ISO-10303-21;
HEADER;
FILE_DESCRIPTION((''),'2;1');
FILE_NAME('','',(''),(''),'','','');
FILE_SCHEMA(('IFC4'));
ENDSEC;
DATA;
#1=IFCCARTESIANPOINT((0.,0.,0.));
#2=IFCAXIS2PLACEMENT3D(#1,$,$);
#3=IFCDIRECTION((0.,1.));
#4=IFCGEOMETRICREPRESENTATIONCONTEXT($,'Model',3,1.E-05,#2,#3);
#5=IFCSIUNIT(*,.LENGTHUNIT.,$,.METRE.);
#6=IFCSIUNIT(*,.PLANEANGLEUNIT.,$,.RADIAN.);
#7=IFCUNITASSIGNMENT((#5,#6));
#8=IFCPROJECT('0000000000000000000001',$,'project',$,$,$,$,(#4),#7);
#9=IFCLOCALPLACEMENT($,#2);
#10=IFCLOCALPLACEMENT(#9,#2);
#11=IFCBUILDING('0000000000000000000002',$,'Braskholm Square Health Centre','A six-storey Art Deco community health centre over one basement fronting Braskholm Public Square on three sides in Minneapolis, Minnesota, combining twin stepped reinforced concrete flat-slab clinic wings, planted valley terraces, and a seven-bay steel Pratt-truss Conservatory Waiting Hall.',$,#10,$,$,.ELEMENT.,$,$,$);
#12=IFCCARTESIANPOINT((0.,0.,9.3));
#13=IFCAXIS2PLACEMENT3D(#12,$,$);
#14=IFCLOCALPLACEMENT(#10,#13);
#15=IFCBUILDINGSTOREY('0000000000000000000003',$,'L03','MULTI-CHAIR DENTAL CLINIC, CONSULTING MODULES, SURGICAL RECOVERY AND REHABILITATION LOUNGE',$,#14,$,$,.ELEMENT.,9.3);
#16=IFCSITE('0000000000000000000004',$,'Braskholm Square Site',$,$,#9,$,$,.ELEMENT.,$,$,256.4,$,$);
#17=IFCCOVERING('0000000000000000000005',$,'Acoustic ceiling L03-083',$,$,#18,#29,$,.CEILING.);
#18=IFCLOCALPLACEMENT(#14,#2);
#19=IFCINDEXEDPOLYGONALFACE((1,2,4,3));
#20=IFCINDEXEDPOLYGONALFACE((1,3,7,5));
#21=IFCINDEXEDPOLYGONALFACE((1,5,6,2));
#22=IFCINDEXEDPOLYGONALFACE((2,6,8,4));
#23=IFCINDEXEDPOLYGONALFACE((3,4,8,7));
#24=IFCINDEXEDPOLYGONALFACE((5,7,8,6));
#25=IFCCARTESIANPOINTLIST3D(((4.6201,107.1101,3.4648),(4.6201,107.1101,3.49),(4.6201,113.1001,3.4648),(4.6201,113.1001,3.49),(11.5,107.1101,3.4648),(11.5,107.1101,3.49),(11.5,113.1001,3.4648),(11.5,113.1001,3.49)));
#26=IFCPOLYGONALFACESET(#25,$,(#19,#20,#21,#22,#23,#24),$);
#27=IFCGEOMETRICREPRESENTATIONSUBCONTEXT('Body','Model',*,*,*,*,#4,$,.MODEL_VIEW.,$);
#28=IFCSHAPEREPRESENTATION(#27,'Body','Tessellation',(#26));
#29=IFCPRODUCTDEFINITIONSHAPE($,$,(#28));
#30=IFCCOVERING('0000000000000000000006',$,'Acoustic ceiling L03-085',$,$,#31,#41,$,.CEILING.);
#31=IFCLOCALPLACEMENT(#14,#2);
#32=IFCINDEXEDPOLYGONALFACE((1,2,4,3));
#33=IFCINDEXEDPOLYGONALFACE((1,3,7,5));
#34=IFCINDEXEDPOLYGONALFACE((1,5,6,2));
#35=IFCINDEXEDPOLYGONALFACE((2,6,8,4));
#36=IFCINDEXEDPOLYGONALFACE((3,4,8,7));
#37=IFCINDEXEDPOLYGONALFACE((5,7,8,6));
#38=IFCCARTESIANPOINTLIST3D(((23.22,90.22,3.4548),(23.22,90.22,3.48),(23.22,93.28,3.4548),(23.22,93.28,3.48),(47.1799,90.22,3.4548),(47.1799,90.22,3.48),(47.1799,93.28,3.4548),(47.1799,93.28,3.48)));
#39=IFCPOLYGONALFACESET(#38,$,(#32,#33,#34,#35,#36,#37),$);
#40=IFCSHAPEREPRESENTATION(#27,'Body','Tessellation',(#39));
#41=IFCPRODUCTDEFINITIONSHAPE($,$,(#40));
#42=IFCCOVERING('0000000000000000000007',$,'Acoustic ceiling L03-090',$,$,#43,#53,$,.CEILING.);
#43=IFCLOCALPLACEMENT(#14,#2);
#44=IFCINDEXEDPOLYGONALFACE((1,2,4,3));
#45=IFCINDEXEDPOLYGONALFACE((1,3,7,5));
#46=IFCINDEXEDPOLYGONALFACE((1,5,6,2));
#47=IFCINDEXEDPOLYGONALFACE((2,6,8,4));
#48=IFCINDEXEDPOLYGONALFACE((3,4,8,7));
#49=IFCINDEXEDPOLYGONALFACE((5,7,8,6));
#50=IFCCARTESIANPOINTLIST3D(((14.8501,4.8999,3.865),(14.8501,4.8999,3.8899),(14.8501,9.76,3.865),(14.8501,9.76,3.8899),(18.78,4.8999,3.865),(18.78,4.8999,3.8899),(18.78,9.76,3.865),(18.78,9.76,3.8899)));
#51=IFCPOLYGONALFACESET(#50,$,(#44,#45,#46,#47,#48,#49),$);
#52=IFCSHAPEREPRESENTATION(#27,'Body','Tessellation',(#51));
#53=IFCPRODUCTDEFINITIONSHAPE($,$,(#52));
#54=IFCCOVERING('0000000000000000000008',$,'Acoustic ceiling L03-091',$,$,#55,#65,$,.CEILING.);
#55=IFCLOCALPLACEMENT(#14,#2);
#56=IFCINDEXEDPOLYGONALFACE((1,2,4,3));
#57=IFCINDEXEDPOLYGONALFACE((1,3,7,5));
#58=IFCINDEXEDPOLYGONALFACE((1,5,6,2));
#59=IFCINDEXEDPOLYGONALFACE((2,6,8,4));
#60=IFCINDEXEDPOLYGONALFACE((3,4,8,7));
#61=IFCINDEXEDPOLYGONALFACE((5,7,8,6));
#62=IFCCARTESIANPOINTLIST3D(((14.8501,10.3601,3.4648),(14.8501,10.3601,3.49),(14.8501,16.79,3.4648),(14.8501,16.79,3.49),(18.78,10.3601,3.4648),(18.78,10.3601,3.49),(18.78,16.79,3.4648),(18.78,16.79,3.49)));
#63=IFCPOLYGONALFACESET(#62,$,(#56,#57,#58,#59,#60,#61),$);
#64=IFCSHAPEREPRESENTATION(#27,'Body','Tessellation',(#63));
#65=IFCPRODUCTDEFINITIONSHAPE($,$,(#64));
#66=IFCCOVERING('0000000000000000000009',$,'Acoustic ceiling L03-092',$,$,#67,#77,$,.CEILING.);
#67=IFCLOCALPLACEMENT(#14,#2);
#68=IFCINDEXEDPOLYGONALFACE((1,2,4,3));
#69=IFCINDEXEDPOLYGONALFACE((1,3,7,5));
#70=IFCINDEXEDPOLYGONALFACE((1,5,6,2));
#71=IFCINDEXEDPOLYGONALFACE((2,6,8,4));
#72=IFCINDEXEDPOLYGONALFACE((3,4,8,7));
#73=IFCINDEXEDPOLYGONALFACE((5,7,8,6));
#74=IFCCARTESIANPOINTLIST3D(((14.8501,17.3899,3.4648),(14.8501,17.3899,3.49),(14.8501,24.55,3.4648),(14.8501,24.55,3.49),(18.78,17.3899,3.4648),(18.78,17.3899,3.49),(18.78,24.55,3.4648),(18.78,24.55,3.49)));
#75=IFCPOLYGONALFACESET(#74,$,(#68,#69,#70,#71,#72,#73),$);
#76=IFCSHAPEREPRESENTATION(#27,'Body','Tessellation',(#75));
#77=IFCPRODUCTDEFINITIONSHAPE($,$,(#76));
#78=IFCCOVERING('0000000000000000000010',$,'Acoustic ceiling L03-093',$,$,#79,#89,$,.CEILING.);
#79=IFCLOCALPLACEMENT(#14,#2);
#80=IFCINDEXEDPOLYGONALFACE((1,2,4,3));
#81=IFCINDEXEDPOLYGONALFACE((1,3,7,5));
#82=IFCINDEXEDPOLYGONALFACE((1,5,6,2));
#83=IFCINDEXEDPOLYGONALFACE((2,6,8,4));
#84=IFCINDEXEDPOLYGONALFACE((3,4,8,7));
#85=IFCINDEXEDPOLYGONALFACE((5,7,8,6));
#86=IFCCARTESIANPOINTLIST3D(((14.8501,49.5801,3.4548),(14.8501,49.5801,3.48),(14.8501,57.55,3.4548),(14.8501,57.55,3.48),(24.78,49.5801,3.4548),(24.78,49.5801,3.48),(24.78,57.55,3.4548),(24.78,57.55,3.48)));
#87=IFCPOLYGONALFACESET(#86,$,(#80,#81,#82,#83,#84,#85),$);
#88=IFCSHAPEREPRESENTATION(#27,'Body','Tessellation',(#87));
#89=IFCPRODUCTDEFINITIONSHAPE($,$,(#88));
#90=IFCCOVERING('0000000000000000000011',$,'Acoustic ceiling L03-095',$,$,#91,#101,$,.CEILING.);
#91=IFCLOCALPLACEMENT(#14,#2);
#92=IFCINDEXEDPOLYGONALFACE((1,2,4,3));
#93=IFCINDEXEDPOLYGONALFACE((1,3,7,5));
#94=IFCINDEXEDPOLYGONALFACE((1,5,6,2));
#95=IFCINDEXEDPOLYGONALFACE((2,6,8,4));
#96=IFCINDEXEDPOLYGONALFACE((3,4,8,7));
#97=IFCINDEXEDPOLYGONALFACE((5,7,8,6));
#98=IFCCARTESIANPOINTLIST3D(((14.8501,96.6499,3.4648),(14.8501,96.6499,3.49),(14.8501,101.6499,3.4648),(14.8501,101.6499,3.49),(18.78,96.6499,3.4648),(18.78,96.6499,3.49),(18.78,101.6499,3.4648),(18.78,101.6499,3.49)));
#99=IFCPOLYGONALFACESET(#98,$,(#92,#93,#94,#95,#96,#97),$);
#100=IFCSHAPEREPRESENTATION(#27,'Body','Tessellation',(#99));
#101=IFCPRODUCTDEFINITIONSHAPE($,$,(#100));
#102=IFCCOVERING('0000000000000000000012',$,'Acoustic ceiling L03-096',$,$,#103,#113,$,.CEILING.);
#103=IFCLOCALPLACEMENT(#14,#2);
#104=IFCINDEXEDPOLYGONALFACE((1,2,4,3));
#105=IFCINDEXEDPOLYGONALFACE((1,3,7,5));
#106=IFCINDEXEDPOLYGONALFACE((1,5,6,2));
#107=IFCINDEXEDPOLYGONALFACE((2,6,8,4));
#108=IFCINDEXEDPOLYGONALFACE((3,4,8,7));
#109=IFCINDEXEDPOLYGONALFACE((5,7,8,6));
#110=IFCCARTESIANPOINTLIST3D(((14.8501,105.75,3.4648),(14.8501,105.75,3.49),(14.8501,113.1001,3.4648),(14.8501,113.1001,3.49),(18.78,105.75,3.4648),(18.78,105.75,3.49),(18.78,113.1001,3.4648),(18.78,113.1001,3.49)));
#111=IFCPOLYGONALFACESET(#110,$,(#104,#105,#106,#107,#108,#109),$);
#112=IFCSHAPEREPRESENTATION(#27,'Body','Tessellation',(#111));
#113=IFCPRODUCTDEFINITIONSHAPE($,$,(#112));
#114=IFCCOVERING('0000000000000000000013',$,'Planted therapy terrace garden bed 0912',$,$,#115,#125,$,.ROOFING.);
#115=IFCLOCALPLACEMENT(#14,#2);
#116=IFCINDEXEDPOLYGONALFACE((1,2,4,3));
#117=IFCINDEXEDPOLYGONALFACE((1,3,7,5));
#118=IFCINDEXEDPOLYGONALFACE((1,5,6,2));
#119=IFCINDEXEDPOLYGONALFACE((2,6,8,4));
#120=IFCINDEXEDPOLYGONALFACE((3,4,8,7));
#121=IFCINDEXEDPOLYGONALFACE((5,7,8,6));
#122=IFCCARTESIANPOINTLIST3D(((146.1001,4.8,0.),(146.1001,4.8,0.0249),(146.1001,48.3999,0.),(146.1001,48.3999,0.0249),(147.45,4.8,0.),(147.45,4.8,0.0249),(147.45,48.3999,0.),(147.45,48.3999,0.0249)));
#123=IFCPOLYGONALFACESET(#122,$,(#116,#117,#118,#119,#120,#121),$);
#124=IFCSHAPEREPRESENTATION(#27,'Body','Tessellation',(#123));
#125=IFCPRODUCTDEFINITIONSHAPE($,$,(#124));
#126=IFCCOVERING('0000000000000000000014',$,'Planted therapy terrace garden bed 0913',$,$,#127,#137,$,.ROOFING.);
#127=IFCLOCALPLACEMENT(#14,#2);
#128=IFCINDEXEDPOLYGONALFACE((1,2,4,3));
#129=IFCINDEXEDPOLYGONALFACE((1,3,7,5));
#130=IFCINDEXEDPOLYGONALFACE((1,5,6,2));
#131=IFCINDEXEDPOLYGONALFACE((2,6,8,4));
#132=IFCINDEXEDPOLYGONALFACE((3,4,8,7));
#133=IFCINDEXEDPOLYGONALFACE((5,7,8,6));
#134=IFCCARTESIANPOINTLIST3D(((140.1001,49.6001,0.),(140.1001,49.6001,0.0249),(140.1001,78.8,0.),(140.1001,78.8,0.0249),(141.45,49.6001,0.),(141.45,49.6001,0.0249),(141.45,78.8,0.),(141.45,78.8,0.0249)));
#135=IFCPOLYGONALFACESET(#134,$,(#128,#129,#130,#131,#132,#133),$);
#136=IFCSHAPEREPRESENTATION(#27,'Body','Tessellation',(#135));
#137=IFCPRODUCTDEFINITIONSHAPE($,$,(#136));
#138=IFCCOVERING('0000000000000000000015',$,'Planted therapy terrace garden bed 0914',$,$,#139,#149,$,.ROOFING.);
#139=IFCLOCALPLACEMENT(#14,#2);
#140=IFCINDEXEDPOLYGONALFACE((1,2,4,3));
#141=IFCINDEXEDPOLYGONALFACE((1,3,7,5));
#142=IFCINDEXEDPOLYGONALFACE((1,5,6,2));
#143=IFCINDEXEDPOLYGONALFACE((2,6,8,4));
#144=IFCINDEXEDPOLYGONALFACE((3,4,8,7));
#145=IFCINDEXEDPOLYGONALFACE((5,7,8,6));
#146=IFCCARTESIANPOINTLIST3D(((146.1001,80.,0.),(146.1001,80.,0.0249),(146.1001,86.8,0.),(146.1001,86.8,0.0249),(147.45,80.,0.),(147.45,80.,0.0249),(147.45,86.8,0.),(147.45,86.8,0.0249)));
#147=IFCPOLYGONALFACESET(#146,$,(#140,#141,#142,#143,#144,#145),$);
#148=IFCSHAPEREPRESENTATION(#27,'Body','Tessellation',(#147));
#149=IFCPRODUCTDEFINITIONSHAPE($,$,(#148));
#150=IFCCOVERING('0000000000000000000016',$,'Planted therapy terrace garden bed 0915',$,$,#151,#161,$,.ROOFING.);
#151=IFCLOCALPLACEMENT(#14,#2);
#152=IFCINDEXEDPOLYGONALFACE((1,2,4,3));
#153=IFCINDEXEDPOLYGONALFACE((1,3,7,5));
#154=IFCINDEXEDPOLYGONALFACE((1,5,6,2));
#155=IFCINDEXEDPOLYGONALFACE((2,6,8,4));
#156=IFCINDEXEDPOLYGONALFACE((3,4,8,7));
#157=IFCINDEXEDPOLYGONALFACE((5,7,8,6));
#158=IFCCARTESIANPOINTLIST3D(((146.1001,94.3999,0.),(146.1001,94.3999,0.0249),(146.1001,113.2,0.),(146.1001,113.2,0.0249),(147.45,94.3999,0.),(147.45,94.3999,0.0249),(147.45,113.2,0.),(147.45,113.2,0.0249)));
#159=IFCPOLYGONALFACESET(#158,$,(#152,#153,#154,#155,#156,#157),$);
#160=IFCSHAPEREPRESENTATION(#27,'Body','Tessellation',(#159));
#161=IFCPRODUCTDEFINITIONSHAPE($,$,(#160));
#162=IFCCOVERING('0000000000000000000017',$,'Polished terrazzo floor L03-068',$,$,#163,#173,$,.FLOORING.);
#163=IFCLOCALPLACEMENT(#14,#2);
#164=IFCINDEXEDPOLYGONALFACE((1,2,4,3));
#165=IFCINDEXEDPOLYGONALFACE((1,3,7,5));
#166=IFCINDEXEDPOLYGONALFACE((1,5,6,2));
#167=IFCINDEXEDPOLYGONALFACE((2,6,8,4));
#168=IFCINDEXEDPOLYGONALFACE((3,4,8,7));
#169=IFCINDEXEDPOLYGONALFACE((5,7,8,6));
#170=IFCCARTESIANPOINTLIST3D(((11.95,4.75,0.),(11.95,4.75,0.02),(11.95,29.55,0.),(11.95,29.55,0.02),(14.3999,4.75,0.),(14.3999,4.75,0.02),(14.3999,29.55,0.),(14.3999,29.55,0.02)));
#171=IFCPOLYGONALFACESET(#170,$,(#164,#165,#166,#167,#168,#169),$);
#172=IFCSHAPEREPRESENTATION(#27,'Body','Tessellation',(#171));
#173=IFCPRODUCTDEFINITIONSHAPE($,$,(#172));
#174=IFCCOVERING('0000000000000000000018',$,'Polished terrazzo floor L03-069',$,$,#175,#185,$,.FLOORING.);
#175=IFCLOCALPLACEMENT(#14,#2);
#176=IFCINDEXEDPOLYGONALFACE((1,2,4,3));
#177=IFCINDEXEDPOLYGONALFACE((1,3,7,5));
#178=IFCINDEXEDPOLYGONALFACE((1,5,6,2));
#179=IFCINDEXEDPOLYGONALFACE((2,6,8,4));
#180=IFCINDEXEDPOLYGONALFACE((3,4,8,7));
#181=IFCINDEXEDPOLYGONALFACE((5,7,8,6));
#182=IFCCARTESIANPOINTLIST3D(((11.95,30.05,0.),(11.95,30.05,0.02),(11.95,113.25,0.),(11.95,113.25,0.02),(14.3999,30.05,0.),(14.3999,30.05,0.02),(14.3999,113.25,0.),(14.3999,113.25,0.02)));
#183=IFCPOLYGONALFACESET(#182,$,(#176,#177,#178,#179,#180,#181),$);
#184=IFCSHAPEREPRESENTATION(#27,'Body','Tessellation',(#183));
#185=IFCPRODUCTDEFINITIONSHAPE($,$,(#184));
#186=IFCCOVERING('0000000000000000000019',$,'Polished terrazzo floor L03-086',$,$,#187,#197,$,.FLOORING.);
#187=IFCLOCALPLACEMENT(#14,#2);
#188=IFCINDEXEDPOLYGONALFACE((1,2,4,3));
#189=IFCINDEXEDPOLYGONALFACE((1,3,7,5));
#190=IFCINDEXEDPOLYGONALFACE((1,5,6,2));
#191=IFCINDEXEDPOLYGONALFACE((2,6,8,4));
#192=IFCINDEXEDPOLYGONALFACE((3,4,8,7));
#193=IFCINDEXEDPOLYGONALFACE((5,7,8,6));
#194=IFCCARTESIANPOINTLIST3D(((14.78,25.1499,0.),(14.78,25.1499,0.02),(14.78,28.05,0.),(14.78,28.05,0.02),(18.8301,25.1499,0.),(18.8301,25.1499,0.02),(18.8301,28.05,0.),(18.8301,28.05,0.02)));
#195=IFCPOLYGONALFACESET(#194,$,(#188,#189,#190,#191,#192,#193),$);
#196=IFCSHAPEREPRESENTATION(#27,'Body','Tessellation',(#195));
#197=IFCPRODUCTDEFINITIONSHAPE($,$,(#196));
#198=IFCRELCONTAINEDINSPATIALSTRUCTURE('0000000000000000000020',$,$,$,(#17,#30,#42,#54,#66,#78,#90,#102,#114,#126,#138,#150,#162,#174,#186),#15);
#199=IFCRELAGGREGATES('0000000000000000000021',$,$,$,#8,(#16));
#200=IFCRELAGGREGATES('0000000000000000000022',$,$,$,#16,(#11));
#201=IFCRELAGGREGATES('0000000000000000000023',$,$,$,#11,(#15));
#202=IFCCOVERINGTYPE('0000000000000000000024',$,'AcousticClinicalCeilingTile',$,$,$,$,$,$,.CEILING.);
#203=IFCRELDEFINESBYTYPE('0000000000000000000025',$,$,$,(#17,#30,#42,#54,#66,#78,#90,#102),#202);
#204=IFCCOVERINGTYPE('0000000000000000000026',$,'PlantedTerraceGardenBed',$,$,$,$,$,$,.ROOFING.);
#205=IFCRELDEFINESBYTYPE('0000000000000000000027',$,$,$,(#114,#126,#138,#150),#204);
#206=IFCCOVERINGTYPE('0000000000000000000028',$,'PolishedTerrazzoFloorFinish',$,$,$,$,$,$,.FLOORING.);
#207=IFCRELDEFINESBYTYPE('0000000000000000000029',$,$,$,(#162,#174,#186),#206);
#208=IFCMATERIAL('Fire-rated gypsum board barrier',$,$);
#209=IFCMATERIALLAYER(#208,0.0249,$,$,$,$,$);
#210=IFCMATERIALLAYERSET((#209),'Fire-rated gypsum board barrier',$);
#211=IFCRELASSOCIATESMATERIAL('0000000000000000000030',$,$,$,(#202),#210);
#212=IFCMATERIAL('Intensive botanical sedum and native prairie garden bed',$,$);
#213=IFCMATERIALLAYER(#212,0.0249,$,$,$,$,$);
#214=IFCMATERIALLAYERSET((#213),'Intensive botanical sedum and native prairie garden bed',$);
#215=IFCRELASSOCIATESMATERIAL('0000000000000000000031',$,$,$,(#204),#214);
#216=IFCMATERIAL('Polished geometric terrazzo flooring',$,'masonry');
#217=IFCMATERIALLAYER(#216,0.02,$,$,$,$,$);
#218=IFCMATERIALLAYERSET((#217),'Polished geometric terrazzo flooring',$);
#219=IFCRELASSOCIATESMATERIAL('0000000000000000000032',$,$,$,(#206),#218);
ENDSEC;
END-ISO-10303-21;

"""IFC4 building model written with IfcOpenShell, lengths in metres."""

from ifc_helpers import new_model, si_unit, direction, frame, origin, place, context, subcontext, project, spatial, polyline, outline, extrude, material, layer, layer_set, type_object, element, save


model = new_model("IFC4")

# Units and contexts
model_context = context("Model", 3, precision=1e-05, world=origin(), true_north=direction((0.0, 1.0)))
body_context = subcontext(model_context, "Body", "Model", "MODEL_VIEW")
ifc_project = project(units=[si_unit("LENGTHUNIT", "METRE"), si_unit("PLANEANGLEUNIT", "RADIAN")], contexts=[model_context])

# Site, building, storey
site_placement = place(None, origin())
site = spatial("IfcSite", under=ifc_project, at=site_placement, Name="Braskholm Square Site", CompositionType="ELEMENT", RefElevation=256.4)
building_placement = place(site_placement, origin())
building = spatial("IfcBuilding", under=site, at=building_placement, Name="Braskholm Square Health Centre", Description="A six-storey Art Deco community health centre over one basement fronting Braskholm Public Square on three sides in Minneapolis, Minnesota, combining twin stepped reinforced concrete flat-slab clinic wings, planted valley terraces, and a seven-bay steel Pratt-truss Conservatory Waiting Hall.", CompositionType="ELEMENT")
storey_placement = place(building_placement, frame((0.0, 0.0, 9.3)))
storey = spatial("IfcBuildingStorey", under=building, at=storey_placement, Name="L03", Description="MULTI-CHAIR DENTAL CLINIC, CONSULTING MODULES, SURGICAL RECOVERY AND REHABILITATION LOUNGE", CompositionType="ELEMENT", Elevation=9.3)

# Coverings
ifc_material_1 = material(Name="Fire-rated gypsum board barrier")
ifc_layer_1 = layer(ifc_material_1, 0.0249)
ifc_layer_set_1 = layer_set([ifc_layer_1], Name="Fire-rated gypsum board barrier")
covering_type_1 = type_object("IfcCoveringType", Name="AcousticClinicalCeilingTile", PredefinedType="CEILING", material=ifc_layer_set_1)
covering_1_placement = place(storey_placement, frame((0.0, 0.0, 3.4648)))
element("IfcCovering", 1, at=covering_1_placement, inside=storey, type_object=covering_type_1, Name="Acoustic ceiling L03-083", PredefinedType="CEILING", context=body_context, shape_type="SweptSolid", body=[
    extrude(outline(polyline([(4.6201, 107.1101), (11.5, 107.1101), (11.5, 113.1001), (4.6201, 113.1001), (4.6201, 107.1101)])), origin(), (0.0, 0.0, 1.0), 0.0251),
])
covering_2_placement = place(storey_placement, frame((0.0, 0.0, 3.4548)))
element("IfcCovering", 2, at=covering_2_placement, inside=storey, type_object=covering_type_1, Name="Acoustic ceiling L03-085", PredefinedType="CEILING", context=body_context, shape_type="SweptSolid", body=[
    extrude(outline(polyline([(23.22, 90.22), (47.1799, 90.22), (47.1799, 93.28), (23.22, 93.28), (23.22, 90.22)])), origin(), (0.0, 0.0, 1.0), 0.0251),
])
covering_3_placement = place(storey_placement, frame((0.0, 0.0, 3.865)))
element("IfcCovering", 3, at=covering_3_placement, inside=storey, type_object=covering_type_1, Name="Acoustic ceiling L03-090", PredefinedType="CEILING", context=body_context, shape_type="SweptSolid", body=[
    extrude(outline(polyline([(14.8501, 4.8999), (18.78, 4.8999), (18.78, 9.76), (14.8501, 9.76), (14.8501, 4.8999)])), origin(), (0.0, 0.0, 1.0), 0.0249),
])
covering_4_placement = place(storey_placement, frame((0.0, 0.0, 3.4648)))
element("IfcCovering", 4, at=covering_4_placement, inside=storey, type_object=covering_type_1, Name="Acoustic ceiling L03-091", PredefinedType="CEILING", context=body_context, shape_type="SweptSolid", body=[
    extrude(outline(polyline([(14.8501, 10.3601), (18.78, 10.3601), (18.78, 16.79), (14.8501, 16.79), (14.8501, 10.3601)])), origin(), (0.0, 0.0, 1.0), 0.0251),
])
covering_5_placement = place(storey_placement, frame((0.0, 0.0, 3.4648)))
element("IfcCovering", 5, at=covering_5_placement, inside=storey, type_object=covering_type_1, Name="Acoustic ceiling L03-092", PredefinedType="CEILING", context=body_context, shape_type="SweptSolid", body=[
    extrude(outline(polyline([(14.8501, 17.3899), (18.78, 17.3899), (18.78, 24.55), (14.8501, 24.55), (14.8501, 17.3899)])), origin(), (0.0, 0.0, 1.0), 0.0251),
])
covering_6_placement = place(storey_placement, frame((0.0, 0.0, 3.4548)))
element("IfcCovering", 6, at=covering_6_placement, inside=storey, type_object=covering_type_1, Name="Acoustic ceiling L03-093", PredefinedType="CEILING", context=body_context, shape_type="SweptSolid", body=[
    extrude(outline(polyline([(14.8501, 49.5801), (24.78, 49.5801), (24.78, 57.55), (14.8501, 57.55), (14.8501, 49.5801)])), origin(), (0.0, 0.0, 1.0), 0.0251),
])
covering_7_placement = place(storey_placement, frame((0.0, 0.0, 3.4648)))
element("IfcCovering", 7, at=covering_7_placement, inside=storey, type_object=covering_type_1, Name="Acoustic ceiling L03-095", PredefinedType="CEILING", context=body_context, shape_type="SweptSolid", body=[
    extrude(outline(polyline([(14.8501, 96.6499), (18.78, 96.6499), (18.78, 101.6499), (14.8501, 101.6499), (14.8501, 96.6499)])), origin(), (0.0, 0.0, 1.0), 0.0251),
])
covering_8_placement = place(storey_placement, frame((0.0, 0.0, 3.4648)))
element("IfcCovering", 8, at=covering_8_placement, inside=storey, type_object=covering_type_1, Name="Acoustic ceiling L03-096", PredefinedType="CEILING", context=body_context, shape_type="SweptSolid", body=[
    extrude(outline(polyline([(14.8501, 105.75), (18.78, 105.75), (18.78, 113.1001), (14.8501, 113.1001), (14.8501, 105.75)])), origin(), (0.0, 0.0, 1.0), 0.0251),
])
ifc_material_2 = material(Name="Intensive botanical sedum and native prairie garden bed")
ifc_layer_2 = layer(ifc_material_2, 0.0249)
ifc_layer_set_2 = layer_set([ifc_layer_2], Name="Intensive botanical sedum and native prairie garden bed")
covering_type_2 = type_object("IfcCoveringType", Name="PlantedTerraceGardenBed", PredefinedType="ROOFING", material=ifc_layer_set_2)
covering_9_placement = place(storey_placement, origin())
element("IfcCovering", 9, at=covering_9_placement, inside=storey, type_object=covering_type_2, Name="Planted therapy terrace garden bed 0912", PredefinedType="ROOFING", context=body_context, shape_type="SweptSolid", body=[
    extrude(outline(polyline([(146.1001, 4.8), (147.45, 4.8), (147.45, 48.3999), (146.1001, 48.3999), (146.1001, 4.8)])), origin(), (0.0, 0.0, 1.0), 0.0249),
])
covering_10_placement = place(storey_placement, origin())
element("IfcCovering", 10, at=covering_10_placement, inside=storey, type_object=covering_type_2, Name="Planted therapy terrace garden bed 0913", PredefinedType="ROOFING", context=body_context, shape_type="SweptSolid", body=[
    extrude(outline(polyline([(140.1001, 49.6001), (141.45, 49.6001), (141.45, 78.8), (140.1001, 78.8), (140.1001, 49.6001)])), origin(), (0.0, 0.0, 1.0), 0.0249),
])
covering_11_placement = place(storey_placement, origin())
element("IfcCovering", 11, at=covering_11_placement, inside=storey, type_object=covering_type_2, Name="Planted therapy terrace garden bed 0914", PredefinedType="ROOFING", context=body_context, shape_type="SweptSolid", body=[
    extrude(outline(polyline([(146.1001, 80.0), (147.45, 80.0), (147.45, 86.8), (146.1001, 86.8), (146.1001, 80.0)])), origin(), (0.0, 0.0, 1.0), 0.0249),
])
covering_12_placement = place(storey_placement, origin())
element("IfcCovering", 12, at=covering_12_placement, inside=storey, type_object=covering_type_2, Name="Planted therapy terrace garden bed 0915", PredefinedType="ROOFING", context=body_context, shape_type="SweptSolid", body=[
    extrude(outline(polyline([(146.1001, 94.3999), (147.45, 94.3999), (147.45, 113.2), (146.1001, 113.2), (146.1001, 94.3999)])), origin(), (0.0, 0.0, 1.0), 0.0249),
])
ifc_material_3 = material(Name="Polished geometric terrazzo flooring", Category="masonry")
ifc_layer_3 = layer(ifc_material_3, 0.02)
ifc_layer_set_3 = layer_set([ifc_layer_3], Name="Polished geometric terrazzo flooring")
covering_type_3 = type_object("IfcCoveringType", Name="PolishedTerrazzoFloorFinish", PredefinedType="FLOORING", material=ifc_layer_set_3)
covering_13_placement = place(storey_placement, origin())
element("IfcCovering", 13, at=covering_13_placement, inside=storey, type_object=covering_type_3, Name="Polished terrazzo floor L03-068", PredefinedType="FLOORING", context=body_context, shape_type="SweptSolid", body=[
    extrude(outline(polyline([(11.95, 4.75), (14.3999, 4.75), (14.3999, 29.55), (11.95, 29.55), (11.95, 4.75)])), origin(), (0.0, 0.0, 1.0), 0.02),
])
covering_14_placement = place(storey_placement, origin())
element("IfcCovering", 14, at=covering_14_placement, inside=storey, type_object=covering_type_3, Name="Polished terrazzo floor L03-069", PredefinedType="FLOORING", context=body_context, shape_type="SweptSolid", body=[
    extrude(outline(polyline([(11.95, 30.05), (14.3999, 30.05), (14.3999, 113.25), (11.95, 113.25), (11.95, 30.05)])), origin(), (0.0, 0.0, 1.0), 0.02),
])
covering_15_placement = place(storey_placement, origin())
element("IfcCovering", 15, at=covering_15_placement, inside=storey, type_object=covering_type_3, Name="Polished terrazzo floor L03-086", PredefinedType="FLOORING", context=body_context, shape_type="SweptSolid", body=[
    extrude(outline(polyline([(14.78, 25.1499), (18.8301, 25.1499), (18.8301, 28.05), (14.78, 28.05), (14.78, 25.1499)])), origin(), (0.0, 0.0, 1.0), 0.02),
])

save(model, "model.ifc")
